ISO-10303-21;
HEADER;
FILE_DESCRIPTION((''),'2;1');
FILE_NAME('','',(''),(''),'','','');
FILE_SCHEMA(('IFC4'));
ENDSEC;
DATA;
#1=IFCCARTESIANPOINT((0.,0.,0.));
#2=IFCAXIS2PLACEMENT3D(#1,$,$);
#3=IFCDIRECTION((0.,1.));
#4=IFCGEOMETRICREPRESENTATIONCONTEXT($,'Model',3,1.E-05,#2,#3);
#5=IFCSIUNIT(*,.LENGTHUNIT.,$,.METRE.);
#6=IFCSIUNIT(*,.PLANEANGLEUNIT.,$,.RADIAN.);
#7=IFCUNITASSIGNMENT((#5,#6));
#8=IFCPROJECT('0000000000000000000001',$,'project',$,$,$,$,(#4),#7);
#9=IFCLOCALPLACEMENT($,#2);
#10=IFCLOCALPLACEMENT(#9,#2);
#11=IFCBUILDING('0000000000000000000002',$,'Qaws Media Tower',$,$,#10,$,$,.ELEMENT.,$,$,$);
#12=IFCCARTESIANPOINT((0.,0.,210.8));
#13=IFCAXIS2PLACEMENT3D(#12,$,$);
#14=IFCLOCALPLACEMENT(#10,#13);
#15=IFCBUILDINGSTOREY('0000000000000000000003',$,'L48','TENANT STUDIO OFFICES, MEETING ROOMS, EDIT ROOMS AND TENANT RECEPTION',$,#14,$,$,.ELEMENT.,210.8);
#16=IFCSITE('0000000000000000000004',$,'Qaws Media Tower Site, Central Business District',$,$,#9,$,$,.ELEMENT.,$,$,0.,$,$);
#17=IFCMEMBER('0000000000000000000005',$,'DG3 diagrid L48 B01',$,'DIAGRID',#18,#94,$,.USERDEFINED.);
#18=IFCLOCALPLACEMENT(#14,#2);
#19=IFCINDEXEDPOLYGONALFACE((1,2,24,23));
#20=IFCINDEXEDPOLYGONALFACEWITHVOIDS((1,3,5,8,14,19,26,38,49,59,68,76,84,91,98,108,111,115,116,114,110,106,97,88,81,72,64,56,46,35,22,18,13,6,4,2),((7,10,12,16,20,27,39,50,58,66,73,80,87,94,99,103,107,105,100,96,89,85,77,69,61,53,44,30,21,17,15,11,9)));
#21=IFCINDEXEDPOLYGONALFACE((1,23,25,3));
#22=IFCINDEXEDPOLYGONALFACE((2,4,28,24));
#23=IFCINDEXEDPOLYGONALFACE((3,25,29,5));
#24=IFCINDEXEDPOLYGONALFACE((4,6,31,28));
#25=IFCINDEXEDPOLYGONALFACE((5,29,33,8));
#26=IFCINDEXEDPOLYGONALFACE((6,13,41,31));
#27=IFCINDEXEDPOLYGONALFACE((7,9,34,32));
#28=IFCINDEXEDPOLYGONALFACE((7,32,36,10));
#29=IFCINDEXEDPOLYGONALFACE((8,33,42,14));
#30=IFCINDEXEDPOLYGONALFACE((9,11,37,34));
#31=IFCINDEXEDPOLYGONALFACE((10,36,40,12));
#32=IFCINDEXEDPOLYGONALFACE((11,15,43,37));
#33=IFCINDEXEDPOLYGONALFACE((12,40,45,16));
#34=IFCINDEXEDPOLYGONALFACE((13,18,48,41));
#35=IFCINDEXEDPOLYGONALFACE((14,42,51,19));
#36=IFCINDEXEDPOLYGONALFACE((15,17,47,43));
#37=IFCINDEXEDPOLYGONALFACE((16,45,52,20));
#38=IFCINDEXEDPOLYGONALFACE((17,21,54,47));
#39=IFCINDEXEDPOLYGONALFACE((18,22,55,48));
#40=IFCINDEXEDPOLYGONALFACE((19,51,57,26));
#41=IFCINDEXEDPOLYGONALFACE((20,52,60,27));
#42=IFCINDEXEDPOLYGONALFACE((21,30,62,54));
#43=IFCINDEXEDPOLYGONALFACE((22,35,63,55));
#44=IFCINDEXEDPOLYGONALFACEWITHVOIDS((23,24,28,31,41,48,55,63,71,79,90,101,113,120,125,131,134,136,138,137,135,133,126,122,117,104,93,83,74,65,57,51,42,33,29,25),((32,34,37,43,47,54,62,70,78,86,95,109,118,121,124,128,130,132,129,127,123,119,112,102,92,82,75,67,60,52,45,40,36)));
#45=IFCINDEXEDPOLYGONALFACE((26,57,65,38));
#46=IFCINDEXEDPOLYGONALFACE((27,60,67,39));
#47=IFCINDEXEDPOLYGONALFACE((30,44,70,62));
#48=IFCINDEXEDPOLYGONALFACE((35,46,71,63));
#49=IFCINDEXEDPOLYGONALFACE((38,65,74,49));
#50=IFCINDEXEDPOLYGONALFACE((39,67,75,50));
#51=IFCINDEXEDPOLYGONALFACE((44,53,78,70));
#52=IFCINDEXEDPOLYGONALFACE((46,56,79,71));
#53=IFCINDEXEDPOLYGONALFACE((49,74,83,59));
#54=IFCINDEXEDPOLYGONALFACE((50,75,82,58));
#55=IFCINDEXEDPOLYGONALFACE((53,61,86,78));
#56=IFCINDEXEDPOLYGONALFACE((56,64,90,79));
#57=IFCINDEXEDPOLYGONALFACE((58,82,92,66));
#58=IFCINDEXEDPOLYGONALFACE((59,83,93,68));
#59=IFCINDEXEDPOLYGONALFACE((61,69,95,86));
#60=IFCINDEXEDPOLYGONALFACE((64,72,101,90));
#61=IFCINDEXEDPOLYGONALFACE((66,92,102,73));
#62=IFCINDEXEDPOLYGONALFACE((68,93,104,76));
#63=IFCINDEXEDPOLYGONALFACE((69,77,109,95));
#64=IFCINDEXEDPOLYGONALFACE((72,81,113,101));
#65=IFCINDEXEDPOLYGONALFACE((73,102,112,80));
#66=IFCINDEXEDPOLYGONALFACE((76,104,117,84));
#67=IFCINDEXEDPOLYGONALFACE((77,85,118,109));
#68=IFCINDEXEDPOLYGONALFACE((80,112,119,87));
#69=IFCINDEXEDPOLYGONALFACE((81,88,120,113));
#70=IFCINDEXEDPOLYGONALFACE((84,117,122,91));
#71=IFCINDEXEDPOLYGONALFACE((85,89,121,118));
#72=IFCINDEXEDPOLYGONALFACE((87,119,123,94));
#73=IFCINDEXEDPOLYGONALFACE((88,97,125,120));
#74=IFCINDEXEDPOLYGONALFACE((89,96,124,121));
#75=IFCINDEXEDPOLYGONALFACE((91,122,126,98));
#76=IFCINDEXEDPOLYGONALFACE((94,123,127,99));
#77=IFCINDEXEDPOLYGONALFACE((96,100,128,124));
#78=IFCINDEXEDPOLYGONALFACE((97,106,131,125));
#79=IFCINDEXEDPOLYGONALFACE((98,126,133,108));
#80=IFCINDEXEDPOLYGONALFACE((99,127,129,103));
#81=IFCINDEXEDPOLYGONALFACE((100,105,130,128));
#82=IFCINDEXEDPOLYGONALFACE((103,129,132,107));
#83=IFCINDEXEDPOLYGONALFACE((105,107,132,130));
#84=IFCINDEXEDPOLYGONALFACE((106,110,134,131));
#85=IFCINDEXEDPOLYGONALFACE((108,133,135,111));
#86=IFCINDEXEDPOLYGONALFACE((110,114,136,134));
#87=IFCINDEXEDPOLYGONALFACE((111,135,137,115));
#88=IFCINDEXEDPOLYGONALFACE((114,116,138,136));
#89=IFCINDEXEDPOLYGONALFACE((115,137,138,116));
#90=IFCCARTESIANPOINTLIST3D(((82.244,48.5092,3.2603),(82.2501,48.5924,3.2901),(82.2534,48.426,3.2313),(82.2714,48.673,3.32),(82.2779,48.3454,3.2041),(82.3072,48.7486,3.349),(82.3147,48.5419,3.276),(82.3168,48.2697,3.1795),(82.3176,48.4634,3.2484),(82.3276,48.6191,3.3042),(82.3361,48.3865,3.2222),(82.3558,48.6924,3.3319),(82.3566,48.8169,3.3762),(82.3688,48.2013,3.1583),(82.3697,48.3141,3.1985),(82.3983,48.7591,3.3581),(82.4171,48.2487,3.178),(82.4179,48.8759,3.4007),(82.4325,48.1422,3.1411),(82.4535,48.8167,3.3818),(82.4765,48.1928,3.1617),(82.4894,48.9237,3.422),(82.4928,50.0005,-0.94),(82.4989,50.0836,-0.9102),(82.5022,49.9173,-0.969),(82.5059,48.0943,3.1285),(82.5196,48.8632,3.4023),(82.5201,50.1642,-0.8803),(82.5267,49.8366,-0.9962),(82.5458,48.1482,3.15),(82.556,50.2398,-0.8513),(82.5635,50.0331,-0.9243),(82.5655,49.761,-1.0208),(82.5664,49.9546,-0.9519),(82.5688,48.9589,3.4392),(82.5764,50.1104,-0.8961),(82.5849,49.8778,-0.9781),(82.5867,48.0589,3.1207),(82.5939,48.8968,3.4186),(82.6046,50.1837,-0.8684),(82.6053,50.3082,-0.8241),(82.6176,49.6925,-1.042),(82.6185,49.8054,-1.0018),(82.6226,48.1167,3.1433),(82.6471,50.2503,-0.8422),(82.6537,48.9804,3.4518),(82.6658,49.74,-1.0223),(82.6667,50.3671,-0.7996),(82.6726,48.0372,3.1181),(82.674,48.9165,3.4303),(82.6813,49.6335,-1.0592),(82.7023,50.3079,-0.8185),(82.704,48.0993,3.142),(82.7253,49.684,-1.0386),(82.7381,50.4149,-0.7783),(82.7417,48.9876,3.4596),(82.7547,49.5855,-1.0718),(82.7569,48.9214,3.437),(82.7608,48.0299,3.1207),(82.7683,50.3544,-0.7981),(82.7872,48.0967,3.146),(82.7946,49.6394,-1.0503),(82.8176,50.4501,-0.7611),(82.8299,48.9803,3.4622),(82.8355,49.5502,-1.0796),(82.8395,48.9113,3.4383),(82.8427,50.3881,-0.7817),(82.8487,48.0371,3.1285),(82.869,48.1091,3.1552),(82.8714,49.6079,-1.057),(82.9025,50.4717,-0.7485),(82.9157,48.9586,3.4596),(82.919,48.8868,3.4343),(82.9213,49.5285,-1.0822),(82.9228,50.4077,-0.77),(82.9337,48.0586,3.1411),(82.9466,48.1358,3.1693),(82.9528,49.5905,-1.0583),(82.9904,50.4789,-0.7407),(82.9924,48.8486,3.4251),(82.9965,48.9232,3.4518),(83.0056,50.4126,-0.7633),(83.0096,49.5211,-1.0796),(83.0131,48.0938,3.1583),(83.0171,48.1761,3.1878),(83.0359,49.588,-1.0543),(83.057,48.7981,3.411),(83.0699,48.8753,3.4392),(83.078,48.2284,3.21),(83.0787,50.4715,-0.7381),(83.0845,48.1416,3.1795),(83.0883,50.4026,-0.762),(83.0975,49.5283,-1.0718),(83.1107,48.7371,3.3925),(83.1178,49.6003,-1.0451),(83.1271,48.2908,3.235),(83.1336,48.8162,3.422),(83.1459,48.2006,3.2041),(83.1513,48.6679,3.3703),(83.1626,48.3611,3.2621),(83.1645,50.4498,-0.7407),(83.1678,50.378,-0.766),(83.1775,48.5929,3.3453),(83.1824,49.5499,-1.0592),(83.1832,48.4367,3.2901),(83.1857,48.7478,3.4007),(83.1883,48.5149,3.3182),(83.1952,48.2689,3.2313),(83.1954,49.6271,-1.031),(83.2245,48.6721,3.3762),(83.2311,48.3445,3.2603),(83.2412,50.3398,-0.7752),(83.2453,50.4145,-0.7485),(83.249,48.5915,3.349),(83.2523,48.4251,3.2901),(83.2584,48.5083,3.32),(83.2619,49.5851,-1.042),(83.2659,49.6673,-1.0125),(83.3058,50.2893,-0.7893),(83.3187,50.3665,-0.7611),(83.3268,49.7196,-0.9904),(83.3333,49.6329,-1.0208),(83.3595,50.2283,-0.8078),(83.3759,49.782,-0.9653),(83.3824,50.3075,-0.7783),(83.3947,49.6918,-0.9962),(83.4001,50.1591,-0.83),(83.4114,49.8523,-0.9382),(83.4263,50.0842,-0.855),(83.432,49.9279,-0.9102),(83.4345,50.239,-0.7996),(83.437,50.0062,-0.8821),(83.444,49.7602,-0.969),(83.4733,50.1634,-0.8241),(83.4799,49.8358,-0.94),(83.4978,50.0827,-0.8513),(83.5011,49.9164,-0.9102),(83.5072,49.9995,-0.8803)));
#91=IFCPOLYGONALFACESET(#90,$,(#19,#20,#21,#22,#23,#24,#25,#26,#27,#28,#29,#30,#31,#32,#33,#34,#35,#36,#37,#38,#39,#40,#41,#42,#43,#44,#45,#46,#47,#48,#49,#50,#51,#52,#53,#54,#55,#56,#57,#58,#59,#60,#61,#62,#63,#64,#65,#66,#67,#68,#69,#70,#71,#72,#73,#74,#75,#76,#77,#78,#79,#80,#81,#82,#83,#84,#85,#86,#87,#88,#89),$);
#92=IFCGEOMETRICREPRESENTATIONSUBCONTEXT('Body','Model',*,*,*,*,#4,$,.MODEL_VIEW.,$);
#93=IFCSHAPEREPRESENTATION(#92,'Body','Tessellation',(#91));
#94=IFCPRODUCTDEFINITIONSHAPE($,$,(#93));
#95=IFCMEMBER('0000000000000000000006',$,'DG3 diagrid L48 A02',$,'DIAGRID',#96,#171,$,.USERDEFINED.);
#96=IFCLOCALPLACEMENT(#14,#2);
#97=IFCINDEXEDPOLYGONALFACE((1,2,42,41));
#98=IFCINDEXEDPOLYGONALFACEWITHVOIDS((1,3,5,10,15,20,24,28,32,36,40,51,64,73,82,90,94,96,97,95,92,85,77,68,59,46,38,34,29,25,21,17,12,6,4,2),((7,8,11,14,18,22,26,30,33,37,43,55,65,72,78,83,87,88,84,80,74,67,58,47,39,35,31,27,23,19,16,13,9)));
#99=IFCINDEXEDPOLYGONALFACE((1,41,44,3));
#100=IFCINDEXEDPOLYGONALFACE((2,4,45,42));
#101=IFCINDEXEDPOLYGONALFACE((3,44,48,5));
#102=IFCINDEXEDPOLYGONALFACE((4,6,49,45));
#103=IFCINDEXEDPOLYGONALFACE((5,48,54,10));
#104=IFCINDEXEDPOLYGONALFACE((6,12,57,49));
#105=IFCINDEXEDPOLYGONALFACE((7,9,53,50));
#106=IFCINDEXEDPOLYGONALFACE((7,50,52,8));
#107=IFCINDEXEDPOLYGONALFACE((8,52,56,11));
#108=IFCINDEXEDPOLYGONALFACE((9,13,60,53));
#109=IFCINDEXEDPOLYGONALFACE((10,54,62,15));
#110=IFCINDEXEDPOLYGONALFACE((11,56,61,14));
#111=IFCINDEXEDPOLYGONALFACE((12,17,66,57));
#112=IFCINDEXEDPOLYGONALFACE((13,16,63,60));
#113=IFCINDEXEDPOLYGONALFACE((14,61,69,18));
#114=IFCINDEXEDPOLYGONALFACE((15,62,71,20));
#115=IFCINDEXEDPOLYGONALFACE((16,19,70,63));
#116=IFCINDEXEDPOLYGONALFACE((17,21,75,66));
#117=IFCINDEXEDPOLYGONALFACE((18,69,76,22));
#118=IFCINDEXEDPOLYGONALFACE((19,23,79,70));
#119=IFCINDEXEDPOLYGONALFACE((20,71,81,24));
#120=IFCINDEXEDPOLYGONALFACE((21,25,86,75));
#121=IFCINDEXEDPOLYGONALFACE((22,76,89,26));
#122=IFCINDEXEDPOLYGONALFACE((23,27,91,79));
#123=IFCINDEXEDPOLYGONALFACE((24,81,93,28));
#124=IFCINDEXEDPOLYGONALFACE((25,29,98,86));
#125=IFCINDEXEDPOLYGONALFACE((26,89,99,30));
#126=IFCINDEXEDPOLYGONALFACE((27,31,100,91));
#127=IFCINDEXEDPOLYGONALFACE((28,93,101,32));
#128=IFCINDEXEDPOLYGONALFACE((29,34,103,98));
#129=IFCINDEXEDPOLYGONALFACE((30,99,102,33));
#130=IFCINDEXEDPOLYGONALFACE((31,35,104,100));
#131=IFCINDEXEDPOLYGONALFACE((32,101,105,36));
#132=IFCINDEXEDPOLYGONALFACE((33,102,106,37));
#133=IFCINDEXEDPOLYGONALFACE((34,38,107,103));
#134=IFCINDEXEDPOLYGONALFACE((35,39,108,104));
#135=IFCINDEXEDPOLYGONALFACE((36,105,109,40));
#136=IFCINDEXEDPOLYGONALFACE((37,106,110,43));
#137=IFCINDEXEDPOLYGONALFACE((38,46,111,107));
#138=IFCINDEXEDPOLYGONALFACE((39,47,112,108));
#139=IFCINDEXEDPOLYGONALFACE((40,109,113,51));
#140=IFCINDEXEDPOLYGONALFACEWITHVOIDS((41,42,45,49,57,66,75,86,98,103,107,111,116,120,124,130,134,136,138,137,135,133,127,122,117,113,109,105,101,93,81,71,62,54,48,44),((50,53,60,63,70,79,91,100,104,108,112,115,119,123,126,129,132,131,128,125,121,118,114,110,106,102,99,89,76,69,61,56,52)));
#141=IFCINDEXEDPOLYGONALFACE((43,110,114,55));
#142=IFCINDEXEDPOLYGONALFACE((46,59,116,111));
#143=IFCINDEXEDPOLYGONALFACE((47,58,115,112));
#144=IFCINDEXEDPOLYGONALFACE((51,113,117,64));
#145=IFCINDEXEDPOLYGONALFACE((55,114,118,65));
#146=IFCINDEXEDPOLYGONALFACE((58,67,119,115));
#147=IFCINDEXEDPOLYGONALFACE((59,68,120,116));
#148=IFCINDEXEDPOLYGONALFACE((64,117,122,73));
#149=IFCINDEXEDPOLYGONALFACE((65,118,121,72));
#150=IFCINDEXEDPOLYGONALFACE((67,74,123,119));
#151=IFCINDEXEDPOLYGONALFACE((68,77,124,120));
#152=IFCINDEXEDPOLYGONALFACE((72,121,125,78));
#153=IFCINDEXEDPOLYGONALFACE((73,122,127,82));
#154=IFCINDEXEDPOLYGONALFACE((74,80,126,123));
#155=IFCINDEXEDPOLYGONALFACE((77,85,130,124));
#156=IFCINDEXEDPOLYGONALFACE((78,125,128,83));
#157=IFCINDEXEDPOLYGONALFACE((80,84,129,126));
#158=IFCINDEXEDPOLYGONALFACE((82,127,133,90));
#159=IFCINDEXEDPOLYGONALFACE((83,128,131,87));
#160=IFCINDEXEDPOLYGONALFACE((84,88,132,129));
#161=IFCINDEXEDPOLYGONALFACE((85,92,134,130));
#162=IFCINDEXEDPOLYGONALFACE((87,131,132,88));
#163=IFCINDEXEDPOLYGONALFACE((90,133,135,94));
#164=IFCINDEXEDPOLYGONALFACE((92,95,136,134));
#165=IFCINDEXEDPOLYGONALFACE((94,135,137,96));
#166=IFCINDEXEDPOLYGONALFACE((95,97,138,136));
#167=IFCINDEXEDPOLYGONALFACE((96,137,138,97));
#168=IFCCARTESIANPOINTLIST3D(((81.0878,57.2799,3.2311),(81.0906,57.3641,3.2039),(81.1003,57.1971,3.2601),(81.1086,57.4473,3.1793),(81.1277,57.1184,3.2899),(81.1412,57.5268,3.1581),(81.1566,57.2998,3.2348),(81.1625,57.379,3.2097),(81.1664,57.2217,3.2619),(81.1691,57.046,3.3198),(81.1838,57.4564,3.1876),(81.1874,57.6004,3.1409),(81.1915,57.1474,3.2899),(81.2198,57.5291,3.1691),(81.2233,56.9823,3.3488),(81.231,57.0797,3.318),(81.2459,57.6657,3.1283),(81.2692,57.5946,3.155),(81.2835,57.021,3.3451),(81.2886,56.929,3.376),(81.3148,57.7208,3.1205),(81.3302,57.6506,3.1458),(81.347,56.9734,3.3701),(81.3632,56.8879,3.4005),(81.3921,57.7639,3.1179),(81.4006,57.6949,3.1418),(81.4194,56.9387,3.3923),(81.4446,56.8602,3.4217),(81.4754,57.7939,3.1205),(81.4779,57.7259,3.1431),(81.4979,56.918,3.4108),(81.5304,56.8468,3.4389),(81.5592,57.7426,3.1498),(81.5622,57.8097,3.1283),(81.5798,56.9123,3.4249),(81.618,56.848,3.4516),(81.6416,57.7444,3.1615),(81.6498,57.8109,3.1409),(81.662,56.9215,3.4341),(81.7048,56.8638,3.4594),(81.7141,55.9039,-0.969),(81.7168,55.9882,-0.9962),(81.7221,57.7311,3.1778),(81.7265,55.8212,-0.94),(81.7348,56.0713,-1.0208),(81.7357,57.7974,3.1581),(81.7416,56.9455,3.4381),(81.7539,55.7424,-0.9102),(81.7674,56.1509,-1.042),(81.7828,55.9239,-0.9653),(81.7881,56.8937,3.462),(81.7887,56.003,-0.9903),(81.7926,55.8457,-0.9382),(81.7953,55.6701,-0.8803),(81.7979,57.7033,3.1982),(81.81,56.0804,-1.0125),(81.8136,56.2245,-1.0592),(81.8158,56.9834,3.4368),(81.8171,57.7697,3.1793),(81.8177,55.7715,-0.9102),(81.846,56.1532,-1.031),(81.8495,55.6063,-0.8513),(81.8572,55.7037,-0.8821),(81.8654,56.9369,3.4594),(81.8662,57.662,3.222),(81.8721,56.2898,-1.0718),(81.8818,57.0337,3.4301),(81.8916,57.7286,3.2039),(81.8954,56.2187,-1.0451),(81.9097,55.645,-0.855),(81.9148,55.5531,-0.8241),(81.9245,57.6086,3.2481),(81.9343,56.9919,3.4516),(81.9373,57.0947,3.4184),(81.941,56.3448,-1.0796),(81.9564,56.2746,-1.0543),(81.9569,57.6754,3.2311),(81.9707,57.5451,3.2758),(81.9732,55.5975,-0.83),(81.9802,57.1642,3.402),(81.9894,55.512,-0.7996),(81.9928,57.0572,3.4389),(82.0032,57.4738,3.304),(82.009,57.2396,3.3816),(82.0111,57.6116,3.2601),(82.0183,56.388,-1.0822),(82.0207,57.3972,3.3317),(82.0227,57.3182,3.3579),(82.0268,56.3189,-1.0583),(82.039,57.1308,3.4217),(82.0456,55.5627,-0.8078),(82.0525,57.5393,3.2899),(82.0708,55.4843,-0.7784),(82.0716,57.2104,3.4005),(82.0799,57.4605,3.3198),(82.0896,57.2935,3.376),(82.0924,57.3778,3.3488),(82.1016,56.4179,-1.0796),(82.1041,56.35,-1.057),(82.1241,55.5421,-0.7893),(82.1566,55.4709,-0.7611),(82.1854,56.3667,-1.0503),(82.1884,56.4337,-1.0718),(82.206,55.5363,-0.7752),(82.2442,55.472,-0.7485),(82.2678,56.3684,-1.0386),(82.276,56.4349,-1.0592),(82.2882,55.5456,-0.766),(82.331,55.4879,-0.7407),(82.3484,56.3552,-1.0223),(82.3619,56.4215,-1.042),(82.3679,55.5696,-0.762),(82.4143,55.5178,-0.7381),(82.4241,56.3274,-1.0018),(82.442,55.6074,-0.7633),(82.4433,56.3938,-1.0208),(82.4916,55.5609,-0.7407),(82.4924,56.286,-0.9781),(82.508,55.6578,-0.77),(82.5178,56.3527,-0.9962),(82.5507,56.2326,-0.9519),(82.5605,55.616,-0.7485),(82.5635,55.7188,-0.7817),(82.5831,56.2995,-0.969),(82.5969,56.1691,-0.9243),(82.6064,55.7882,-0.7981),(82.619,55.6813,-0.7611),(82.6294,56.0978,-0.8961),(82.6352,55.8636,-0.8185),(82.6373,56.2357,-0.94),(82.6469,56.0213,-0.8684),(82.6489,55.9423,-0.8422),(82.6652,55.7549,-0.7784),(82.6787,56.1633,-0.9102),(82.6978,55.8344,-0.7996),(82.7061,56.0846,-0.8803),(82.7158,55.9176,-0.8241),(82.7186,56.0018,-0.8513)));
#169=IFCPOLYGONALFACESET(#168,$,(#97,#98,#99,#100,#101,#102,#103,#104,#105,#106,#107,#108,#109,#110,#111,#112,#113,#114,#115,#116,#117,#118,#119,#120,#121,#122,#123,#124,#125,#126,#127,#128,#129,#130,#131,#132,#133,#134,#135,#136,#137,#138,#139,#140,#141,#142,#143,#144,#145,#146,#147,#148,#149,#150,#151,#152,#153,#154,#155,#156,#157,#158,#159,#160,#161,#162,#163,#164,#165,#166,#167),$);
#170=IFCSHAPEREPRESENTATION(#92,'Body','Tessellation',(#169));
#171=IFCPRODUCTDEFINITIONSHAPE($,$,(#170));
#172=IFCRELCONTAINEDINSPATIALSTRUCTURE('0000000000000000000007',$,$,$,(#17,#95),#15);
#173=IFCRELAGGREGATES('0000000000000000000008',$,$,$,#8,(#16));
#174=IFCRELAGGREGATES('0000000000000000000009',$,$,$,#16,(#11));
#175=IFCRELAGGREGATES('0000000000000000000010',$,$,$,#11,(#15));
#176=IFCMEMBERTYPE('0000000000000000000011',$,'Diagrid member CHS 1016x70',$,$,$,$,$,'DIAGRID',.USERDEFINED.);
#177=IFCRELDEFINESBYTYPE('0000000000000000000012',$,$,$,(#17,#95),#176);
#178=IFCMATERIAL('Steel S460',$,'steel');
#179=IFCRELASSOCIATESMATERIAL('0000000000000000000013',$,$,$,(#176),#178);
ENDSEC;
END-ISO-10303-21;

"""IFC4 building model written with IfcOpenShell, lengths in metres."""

from ifc_helpers import new_model, si_unit, direction, frame, origin, origin_2d, place, context, subcontext, project, spatial, hollow_circle, extrude, material, material_profile, profile_set, type_object, element, save


model = new_model("IFC4")

# Units and contexts
model_context = context("Model", 3, precision=1e-05, world=origin(), true_north=direction((0.0, 1.0)))
body_context = subcontext(model_context, "Body", "Model", "MODEL_VIEW")
ifc_project = project(units=[si_unit("LENGTHUNIT", "METRE"), si_unit("PLANEANGLEUNIT", "RADIAN")], contexts=[model_context])

# Site, building, storey
site_placement = place(None, origin())
site = spatial("IfcSite", under=ifc_project, at=site_placement, Name="Qaws Media Tower Site, Central Business District", CompositionType="ELEMENT", RefElevation=0.0)
building_placement = place(site_placement, origin())
building = spatial("IfcBuilding", under=site, at=building_placement, Name="Qaws Media Tower", CompositionType="ELEMENT")
storey_placement = place(building_placement, frame((0.0, 0.0, 210.8)))
storey = spatial("IfcBuildingStorey", under=building, at=storey_placement, Name="L48", Description="TENANT STUDIO OFFICES, MEETING ROOMS, EDIT ROOMS AND TENANT RECEPTION", CompositionType="ELEMENT", Elevation=210.8)

# Members
ifc_material_1 = material(Name="Steel S460", Category="steel")
ifc_material_profile_1 = material_profile(ifc_material_1, hollow_circle(Radius=0.5081, WallThickness=0.0701, at=origin_2d()), Name="CHS 1016x70")
ifc_profile_set_1 = profile_set([ifc_material_profile_1], Name="Steel S460")
member_type_1 = type_object("IfcMemberType", Name="Diagrid member CHS 1016x70", ElementType="DIAGRID", PredefinedType="USERDEFINED", material=ifc_profile_set_1)
for number, where, z_axis, x_axis, name in (
    (1, (83.0, 50.0, -0.9102), (-0.05573, -0.334053, 0.940905), (0.986368, -0.164556, 0.0), "DG3 diagrid L48 B01"),
):
    element("IfcMember", number, at=place(storey_placement, frame(where, z_axis=z_axis, x_axis=x_axis)), inside=storey, type_object=member_type_1, Name=name, ObjectType="DIAGRID", PredefinedType="USERDEFINED", context=body_context, shape_type="SweptSolid", body=[
        extrude(hollow_circle(Radius=0.5081, WallThickness=0.0701, at=origin_2d()), origin(), (0.0, 0.0, 1.0), 4.4641),
    ])
member_1_placement = place(storey_placement, frame((82.2163, 55.9529, -0.9102), z_axis=(-0.140283, 0.30824, 0.940908), x_axis=(-0.910173, -0.414229, 0.0)))
element("IfcMember", 2, at=member_1_placement, inside=storey, type_object=member_type_1, Name="DG3 diagrid L48 A02", ObjectType="DIAGRID", PredefinedType="USERDEFINED", context=body_context, shape_type="SweptSolid", body=[
    extrude(hollow_circle(Radius=0.5081, WallThickness=0.0701, at=origin_2d()), origin(), (0.0, 0.0, 1.0), 4.4639),
])

save(model, "model.ifc")
